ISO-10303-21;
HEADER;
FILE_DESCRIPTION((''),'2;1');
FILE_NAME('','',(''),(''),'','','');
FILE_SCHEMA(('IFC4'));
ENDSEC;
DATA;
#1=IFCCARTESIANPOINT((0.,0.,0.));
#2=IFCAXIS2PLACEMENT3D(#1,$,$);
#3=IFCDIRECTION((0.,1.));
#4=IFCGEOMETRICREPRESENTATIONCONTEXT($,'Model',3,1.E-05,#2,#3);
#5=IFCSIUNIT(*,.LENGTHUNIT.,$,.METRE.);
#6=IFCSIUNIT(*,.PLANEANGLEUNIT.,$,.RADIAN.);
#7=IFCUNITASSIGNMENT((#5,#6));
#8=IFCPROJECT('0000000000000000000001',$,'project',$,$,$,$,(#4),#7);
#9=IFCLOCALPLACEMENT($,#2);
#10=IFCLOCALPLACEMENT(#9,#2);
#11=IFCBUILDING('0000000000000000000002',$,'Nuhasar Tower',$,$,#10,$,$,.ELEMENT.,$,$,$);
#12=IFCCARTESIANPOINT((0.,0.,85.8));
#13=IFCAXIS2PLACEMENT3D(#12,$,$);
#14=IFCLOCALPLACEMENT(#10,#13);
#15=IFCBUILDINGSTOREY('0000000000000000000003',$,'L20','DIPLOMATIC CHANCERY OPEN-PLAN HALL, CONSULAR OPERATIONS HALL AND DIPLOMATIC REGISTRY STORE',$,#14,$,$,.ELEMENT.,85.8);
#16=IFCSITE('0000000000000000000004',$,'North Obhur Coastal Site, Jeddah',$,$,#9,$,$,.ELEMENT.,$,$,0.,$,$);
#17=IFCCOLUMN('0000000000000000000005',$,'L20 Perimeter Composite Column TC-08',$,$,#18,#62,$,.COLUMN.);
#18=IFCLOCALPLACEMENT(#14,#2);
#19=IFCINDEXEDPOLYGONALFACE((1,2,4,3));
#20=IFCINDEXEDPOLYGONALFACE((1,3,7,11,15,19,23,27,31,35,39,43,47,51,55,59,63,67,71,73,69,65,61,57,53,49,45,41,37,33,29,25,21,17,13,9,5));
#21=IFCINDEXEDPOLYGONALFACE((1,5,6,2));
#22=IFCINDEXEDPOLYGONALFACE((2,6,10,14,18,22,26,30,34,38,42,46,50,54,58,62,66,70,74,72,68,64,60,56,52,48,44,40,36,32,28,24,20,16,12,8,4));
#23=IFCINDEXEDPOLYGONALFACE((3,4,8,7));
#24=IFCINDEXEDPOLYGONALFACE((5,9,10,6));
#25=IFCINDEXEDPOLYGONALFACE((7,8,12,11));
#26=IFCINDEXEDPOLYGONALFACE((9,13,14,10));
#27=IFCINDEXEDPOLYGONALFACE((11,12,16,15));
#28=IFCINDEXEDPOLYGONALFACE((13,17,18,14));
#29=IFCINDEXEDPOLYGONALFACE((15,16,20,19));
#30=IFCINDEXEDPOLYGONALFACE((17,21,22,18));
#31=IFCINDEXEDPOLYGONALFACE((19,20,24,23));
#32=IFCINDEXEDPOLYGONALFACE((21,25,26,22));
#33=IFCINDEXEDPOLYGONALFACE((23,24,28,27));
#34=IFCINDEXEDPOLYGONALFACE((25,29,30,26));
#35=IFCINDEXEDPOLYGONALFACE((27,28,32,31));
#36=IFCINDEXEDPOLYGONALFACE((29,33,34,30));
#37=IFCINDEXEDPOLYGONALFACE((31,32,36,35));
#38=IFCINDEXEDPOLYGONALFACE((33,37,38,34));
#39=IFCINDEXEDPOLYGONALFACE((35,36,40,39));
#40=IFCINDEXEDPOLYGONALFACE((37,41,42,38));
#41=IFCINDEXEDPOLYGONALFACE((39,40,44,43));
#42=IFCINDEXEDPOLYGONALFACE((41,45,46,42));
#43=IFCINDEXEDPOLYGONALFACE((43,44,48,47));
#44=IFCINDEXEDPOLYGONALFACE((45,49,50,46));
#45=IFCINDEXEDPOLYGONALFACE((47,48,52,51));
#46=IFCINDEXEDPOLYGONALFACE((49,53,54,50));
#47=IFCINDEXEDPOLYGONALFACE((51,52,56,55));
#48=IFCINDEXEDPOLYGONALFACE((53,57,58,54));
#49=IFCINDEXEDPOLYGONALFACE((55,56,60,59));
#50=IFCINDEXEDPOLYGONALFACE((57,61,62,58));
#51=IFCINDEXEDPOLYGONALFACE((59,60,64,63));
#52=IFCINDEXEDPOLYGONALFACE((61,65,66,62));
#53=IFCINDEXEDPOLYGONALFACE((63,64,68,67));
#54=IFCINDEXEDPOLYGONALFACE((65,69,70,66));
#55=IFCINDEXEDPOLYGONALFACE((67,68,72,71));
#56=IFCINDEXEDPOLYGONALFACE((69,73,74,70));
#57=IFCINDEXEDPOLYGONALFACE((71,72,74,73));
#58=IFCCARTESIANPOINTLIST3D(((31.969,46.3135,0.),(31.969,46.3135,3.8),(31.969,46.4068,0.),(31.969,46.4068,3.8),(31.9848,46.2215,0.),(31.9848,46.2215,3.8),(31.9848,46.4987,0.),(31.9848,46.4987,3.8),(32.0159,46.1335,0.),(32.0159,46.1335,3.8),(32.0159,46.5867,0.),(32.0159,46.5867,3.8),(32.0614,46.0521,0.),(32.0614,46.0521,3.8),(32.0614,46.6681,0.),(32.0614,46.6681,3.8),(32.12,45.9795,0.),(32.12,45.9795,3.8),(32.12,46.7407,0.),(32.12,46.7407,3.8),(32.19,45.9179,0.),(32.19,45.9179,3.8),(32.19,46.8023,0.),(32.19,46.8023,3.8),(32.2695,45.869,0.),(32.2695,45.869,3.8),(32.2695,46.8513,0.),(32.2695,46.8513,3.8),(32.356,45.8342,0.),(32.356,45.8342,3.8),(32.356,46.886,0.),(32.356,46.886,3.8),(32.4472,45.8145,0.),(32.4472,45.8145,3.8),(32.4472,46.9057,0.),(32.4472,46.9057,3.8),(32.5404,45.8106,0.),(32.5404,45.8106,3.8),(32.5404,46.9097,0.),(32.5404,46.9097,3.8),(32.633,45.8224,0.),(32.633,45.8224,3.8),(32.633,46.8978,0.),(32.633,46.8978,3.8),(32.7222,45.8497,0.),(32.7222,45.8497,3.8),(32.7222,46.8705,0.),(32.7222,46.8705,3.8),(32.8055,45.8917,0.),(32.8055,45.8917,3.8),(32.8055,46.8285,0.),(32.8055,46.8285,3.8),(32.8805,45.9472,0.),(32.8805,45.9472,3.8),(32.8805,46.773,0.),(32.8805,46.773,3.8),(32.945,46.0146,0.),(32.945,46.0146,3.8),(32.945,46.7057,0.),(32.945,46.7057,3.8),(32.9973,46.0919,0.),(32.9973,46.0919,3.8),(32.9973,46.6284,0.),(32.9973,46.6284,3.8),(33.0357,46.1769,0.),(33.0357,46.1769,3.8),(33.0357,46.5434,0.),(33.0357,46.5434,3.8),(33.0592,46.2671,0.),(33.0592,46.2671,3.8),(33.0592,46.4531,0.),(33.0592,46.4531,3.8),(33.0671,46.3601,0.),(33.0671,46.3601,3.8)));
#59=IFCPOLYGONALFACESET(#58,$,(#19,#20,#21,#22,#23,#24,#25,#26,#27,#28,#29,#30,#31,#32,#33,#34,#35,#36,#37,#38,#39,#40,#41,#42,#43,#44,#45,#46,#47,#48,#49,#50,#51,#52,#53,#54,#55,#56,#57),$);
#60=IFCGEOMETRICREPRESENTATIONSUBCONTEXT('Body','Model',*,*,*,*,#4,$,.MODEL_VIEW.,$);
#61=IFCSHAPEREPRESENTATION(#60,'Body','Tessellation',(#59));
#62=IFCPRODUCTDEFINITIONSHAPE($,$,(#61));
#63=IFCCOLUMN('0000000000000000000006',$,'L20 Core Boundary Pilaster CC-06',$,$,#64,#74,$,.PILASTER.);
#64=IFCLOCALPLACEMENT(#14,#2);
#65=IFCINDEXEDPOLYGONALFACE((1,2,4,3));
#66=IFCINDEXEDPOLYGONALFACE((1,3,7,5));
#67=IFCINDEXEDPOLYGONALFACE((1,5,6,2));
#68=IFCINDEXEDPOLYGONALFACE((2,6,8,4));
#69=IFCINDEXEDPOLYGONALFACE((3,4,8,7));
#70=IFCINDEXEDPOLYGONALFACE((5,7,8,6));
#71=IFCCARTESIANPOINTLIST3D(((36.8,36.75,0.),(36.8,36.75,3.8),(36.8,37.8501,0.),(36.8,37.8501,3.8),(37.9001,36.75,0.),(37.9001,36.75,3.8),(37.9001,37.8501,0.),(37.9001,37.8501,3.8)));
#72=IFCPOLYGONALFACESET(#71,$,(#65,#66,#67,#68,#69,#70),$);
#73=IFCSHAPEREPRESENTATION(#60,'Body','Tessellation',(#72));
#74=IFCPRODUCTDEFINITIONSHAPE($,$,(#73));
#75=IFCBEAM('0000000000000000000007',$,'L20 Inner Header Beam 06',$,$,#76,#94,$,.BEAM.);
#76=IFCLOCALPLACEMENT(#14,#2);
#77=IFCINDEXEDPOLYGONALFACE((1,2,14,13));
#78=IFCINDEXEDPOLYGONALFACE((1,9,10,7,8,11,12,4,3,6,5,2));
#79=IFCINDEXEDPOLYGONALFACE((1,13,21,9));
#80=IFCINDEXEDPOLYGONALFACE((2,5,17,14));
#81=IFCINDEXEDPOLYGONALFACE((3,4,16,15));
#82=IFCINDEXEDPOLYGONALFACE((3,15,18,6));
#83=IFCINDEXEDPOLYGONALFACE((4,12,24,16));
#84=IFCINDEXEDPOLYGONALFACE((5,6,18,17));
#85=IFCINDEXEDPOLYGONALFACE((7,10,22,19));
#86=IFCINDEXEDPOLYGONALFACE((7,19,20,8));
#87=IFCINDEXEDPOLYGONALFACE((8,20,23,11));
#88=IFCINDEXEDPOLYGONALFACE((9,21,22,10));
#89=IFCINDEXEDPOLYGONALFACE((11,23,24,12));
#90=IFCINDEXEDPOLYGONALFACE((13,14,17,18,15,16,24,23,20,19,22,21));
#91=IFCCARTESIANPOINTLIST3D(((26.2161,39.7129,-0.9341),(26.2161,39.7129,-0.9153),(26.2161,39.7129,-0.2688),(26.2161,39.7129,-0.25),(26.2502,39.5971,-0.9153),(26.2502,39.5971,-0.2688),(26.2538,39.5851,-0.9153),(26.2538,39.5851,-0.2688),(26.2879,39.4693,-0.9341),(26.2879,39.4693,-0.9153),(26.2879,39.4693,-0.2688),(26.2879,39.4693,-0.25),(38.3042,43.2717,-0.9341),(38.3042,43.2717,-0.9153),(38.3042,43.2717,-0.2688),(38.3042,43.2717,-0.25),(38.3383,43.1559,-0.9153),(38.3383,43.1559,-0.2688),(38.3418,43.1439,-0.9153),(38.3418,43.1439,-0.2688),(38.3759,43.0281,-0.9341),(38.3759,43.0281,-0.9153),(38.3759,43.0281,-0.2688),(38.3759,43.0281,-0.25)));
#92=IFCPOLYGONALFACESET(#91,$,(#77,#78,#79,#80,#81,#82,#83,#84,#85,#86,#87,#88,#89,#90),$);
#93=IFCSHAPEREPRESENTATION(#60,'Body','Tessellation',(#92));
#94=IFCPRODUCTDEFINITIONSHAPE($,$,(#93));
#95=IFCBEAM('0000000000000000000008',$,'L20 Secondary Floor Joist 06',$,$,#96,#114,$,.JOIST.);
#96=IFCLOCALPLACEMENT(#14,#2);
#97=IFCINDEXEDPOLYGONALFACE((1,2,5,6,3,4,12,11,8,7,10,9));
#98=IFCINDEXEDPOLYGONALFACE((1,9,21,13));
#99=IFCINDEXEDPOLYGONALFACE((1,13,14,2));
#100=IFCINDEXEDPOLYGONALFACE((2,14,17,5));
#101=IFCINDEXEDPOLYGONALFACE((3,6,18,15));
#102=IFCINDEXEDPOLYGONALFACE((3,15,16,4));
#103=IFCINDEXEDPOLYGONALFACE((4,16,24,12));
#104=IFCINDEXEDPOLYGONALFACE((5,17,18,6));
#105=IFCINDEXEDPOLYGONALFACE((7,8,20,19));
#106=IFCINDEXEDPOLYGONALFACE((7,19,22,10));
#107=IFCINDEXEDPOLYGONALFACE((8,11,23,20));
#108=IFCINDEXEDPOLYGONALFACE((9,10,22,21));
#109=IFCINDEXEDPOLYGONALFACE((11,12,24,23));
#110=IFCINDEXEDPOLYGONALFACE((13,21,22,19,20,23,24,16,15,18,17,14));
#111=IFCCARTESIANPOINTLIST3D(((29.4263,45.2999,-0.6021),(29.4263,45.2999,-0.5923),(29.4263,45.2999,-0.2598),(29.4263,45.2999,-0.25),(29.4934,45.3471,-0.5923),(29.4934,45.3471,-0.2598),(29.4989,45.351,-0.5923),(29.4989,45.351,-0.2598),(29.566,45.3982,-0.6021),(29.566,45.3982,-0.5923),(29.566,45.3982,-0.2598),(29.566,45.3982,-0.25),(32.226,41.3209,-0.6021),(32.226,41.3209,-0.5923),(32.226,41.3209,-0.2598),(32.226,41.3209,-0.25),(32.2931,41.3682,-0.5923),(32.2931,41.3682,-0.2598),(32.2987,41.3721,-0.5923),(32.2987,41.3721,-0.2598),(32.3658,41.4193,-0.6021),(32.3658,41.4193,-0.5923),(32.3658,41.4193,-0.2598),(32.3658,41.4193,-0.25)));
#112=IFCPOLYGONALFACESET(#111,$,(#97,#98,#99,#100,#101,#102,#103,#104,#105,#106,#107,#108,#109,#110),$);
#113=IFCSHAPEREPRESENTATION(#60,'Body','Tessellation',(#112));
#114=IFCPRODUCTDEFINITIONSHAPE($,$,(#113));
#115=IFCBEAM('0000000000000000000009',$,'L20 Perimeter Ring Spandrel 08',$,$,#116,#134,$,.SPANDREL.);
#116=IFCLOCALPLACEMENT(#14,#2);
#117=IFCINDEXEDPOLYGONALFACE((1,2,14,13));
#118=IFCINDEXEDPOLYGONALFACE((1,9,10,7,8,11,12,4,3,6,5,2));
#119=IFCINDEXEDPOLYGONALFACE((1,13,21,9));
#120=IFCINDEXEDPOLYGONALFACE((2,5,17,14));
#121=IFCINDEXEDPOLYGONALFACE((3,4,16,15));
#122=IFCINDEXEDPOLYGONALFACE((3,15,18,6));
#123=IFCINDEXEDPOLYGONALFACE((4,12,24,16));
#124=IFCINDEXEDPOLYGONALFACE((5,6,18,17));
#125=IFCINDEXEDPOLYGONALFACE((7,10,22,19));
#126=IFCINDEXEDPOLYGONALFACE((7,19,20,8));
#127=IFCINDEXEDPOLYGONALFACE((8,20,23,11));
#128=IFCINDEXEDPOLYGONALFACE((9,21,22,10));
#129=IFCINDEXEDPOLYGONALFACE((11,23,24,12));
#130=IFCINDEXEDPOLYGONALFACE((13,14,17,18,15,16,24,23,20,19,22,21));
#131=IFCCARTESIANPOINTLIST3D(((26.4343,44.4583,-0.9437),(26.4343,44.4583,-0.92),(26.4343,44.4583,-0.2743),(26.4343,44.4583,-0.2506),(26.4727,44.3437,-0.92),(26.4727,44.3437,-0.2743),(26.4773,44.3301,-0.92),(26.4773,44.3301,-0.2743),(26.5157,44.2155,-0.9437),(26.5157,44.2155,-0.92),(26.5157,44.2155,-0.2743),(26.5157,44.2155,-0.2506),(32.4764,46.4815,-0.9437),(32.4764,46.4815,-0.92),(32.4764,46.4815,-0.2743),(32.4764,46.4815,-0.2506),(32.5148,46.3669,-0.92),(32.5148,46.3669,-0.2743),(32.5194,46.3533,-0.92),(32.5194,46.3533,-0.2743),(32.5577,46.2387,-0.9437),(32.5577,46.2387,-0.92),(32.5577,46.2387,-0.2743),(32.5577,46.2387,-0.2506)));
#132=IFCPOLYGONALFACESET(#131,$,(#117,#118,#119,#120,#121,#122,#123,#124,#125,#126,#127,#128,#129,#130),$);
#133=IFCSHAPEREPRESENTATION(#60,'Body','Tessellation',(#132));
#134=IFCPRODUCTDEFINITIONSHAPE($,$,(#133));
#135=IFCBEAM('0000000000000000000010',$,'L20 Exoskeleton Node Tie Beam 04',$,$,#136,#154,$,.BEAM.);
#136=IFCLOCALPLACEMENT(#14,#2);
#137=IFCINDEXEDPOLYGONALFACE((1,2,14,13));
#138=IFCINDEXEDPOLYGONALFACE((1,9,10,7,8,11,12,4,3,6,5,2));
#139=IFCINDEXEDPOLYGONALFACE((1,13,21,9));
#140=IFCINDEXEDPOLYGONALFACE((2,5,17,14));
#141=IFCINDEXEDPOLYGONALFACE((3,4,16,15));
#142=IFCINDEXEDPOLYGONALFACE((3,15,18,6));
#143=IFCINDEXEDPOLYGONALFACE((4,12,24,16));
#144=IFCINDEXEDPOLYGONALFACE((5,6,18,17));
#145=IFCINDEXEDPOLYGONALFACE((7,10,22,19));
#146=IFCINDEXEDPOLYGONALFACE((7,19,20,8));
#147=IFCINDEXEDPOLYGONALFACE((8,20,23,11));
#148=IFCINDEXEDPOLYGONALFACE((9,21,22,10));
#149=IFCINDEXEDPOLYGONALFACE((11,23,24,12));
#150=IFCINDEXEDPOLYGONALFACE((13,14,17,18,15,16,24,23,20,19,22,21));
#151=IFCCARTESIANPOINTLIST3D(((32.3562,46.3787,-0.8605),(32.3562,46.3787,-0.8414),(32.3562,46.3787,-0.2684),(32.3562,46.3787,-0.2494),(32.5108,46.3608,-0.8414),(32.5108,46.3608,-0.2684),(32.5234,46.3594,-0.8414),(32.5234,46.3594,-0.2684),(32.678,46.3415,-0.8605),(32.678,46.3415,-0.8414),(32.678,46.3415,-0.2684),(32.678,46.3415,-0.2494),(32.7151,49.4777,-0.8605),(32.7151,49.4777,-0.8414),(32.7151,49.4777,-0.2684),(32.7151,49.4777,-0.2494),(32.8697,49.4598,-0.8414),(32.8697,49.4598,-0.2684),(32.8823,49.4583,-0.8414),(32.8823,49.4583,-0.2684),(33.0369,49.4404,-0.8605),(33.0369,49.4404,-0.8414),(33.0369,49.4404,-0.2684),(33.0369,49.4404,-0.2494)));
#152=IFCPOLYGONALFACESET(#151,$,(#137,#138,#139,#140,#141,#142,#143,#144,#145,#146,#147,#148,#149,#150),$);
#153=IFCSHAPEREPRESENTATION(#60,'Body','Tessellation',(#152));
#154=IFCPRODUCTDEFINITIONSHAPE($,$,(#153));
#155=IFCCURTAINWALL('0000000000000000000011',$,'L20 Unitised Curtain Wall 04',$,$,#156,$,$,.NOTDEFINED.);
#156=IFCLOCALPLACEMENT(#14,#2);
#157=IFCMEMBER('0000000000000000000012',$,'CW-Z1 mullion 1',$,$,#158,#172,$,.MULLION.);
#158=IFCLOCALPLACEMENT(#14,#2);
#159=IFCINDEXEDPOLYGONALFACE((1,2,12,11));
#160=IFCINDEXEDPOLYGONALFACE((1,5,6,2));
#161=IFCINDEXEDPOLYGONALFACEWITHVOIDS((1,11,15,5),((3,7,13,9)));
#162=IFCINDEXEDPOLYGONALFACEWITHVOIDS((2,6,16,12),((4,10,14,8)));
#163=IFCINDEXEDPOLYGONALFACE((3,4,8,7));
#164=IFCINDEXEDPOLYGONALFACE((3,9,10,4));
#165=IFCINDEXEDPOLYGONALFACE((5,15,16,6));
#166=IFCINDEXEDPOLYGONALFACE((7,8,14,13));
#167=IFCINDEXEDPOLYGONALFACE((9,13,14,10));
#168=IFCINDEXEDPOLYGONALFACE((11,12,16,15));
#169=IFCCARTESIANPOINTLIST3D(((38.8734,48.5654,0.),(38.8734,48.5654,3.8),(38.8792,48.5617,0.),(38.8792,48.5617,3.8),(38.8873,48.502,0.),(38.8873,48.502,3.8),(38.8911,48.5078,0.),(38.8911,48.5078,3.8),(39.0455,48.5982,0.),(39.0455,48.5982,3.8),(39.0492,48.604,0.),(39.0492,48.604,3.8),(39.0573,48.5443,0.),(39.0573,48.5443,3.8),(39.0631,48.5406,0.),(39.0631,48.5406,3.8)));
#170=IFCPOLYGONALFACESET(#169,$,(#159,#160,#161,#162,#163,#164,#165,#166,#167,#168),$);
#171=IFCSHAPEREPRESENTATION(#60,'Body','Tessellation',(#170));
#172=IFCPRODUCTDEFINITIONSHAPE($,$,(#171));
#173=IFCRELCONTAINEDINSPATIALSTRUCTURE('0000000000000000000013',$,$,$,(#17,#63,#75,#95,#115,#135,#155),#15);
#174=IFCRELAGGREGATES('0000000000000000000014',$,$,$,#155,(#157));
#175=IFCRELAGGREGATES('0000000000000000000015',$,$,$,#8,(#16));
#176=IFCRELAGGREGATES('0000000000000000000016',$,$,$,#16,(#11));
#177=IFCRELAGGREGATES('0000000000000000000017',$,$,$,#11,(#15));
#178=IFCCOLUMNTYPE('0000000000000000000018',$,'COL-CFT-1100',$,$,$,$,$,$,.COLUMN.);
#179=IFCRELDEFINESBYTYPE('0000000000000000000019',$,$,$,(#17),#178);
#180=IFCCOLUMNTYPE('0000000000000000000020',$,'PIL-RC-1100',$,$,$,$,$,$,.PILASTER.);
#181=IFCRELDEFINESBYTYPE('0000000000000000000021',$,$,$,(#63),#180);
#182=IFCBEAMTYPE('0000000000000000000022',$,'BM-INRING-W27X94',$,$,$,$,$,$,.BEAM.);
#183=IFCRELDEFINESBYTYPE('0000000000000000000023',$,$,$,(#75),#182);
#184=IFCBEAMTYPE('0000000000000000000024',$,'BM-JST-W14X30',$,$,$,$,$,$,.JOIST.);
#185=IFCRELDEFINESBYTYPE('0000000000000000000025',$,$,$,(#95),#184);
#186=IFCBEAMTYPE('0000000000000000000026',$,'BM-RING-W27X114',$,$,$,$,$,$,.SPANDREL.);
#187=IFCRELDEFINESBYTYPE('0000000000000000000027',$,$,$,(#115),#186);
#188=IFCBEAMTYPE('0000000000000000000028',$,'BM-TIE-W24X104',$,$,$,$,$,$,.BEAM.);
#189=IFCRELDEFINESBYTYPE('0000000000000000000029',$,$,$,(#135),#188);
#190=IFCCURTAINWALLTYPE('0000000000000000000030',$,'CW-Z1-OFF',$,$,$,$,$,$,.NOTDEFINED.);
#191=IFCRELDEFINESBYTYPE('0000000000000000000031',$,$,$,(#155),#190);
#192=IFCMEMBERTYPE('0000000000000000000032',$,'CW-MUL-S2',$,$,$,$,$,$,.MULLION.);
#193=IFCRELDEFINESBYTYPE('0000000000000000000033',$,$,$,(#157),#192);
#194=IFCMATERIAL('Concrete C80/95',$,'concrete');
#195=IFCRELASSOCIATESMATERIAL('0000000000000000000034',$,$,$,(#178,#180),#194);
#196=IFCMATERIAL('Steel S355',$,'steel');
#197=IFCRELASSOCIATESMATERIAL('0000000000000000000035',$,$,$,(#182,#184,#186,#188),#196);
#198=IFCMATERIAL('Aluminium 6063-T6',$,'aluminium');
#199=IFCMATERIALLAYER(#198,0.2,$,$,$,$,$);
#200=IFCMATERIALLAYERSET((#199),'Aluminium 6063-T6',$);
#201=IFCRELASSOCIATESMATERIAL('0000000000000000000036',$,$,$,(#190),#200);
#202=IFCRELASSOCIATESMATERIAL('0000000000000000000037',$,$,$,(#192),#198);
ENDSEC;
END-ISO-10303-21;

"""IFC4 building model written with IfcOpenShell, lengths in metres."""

from ifc_helpers import new_model, si_unit, direction, frame, origin, origin_2d, place, context, subcontext, project, spatial, rectangle, hollow_rectangle, circle, i_section, extrude, material, layer, layer_set, material_profile, profile_set, type_object, element, aggregate, save


model = new_model("IFC4")

# Units and contexts
model_context = context("Model", 3, precision=1e-05, world=origin(), true_north=direction((0.0, 1.0)))
body_context = subcontext(model_context, "Body", "Model", "MODEL_VIEW")
ifc_project = project(units=[si_unit("LENGTHUNIT", "METRE"), si_unit("PLANEANGLEUNIT", "RADIAN")], contexts=[model_context])

# Site, building, storey
site_placement = place(None, origin())
site = spatial("IfcSite", under=ifc_project, at=site_placement, Name="North Obhur Coastal Site, Jeddah", CompositionType="ELEMENT", RefElevation=0.0)
building_placement = place(site_placement, origin())
building = spatial("IfcBuilding", under=site, at=building_placement, Name="Nuhasar Tower", CompositionType="ELEMENT")
storey_placement = place(building_placement, frame((0.0, 0.0, 85.8)))
storey = spatial("IfcBuildingStorey", under=building, at=storey_placement, Name="L20", Description="DIPLOMATIC CHANCERY OPEN-PLAN HALL, CONSULAR OPERATIONS HALL AND DIPLOMATIC REGISTRY STORE", CompositionType="ELEMENT", Elevation=85.8)

# Columns
ifc_material_1 = material(Name="Concrete C80/95", Category="concrete")
ifc_material_profile_1 = material_profile(ifc_material_1, circle(Radius=0.55, at=origin_2d()), Name="CFT1100")
ifc_profile_set_1 = profile_set([ifc_material_profile_1], Name="Concrete C80/95")
column_type_1 = type_object("IfcColumnType", Name="COL-CFT-1100", PredefinedType="COLUMN", material=ifc_profile_set_1)
column_1_placement = place(storey_placement, frame((32.5171, 46.3601, 0.0), z_axis=(0.0, 0.0, 1.0), x_axis=(1.0, 0.0, 0.0)))
element("IfcColumn", 1, at=column_1_placement, inside=storey, type_object=column_type_1, Name="L20 Perimeter Composite Column TC-08", PredefinedType="COLUMN", context=body_context, shape_type="SweptSolid", body=[
    extrude(circle(Radius=0.55, at=origin_2d()), origin(), (0.0, 0.0, 1.0), 3.8),
])
ifc_material_profile_2 = material_profile(ifc_material_1, rectangle(XDim=1.1001, YDim=1.1001, at=origin_2d()), Name="RC1100X1100")
ifc_profile_set_2 = profile_set([ifc_material_profile_2], Name="Concrete C80/95")
column_type_2 = type_object("IfcColumnType", Name="PIL-RC-1100", PredefinedType="PILASTER", material=ifc_profile_set_2)
column_2_placement = place(storey_placement, frame((37.3501, 37.3, 0.0), z_axis=(0.0, 0.0, 1.0), x_axis=(1.0, 0.0, 0.0)))
element("IfcColumn", 2, at=column_2_placement, inside=storey, type_object=column_type_2, Name="L20 Core Boundary Pilaster CC-06", PredefinedType="PILASTER", context=body_context, shape_type="SweptSolid", body=[
    extrude(rectangle(XDim=1.1001, YDim=1.1001, at=origin_2d()), origin(), (0.0, 0.0, 1.0), 3.8),
])

# Beams
ifc_material_2 = material(Name="Steel S355", Category="steel")
ifc_material_profile_3 = material_profile(ifc_material_2, i_section(OverallWidth=0.2539, OverallDepth=0.6841, WebThickness=0.0125, FlangeThickness=0.0188, at=origin_2d()), Name="W27X94")
ifc_profile_set_3 = profile_set([ifc_material_profile_3], Name="Steel S355")
beam_type_1 = type_object("IfcBeamType", Name="BM-INRING-W27X94", PredefinedType="BEAM", material=ifc_profile_set_3)
beam_1_placement = place(storey_placement, frame((38.3401, 43.1499, -0.592), z_axis=(-0.95929, -0.282422, 0.0), x_axis=(0.282422, -0.95929, 0.0)))
element("IfcBeam", 3, at=beam_1_placement, inside=storey, type_object=beam_type_1, Name="L20 Inner Header Beam 06", PredefinedType="BEAM", context=body_context, shape_type="SweptSolid", body=[
    extrude(i_section(OverallWidth=0.2539, OverallDepth=0.6841, WebThickness=0.0125, FlangeThickness=0.0188, at=origin_2d()), origin(), (0.0, 0.0, 1.0), 12.6011),
])
ifc_material_profile_4 = material_profile(ifc_material_2, i_section(OverallWidth=0.1709, OverallDepth=0.3521, WebThickness=0.0068, FlangeThickness=0.0098, at=origin_2d()), Name="W14X30")
ifc_profile_set_4 = profile_set([ifc_material_profile_4], Name="Steel S355")
beam_type_2 = type_object("IfcBeamType", Name="BM-JST-W14X30", PredefinedType="JOIST", material=ifc_profile_set_4)
beam_2_placement = place(storey_placement, frame((32.2959, 41.3701, -0.426), z_axis=(-0.575461, 0.817829, 0.0), x_axis=(-0.817829, -0.575461, 0.0)))
element("IfcBeam", 4, at=beam_2_placement, inside=storey, type_object=beam_type_2, Name="L20 Secondary Floor Joist 06", PredefinedType="JOIST", context=body_context, shape_type="SweptSolid", body=[
    extrude(i_section(OverallWidth=0.1709, OverallDepth=0.3521, WebThickness=0.0068, FlangeThickness=0.0098, at=origin_2d()), origin(), (0.0, 0.0, 1.0), 4.8652),
])
ifc_material_profile_5 = material_profile(ifc_material_2, i_section(OverallWidth=0.2561, OverallDepth=0.6931, WebThickness=0.0144, FlangeThickness=0.0237, at=origin_2d()), Name="W27X114")
ifc_profile_set_5 = profile_set([ifc_material_profile_5], Name="Steel S355")
beam_type_3 = type_object("IfcBeamType", Name="BM-RING-W27X114", PredefinedType="SPANDREL", material=ifc_profile_set_5)
beam_3_placement = place(storey_placement, frame((32.5171, 46.3601, -0.5972), z_axis=(-0.948249, -0.317526, 0.0), x_axis=(0.317526, -0.948249, 0.0)))
element("IfcBeam", 5, at=beam_3_placement, inside=storey, type_object=beam_type_3, Name="L20 Perimeter Ring Spandrel 08", PredefinedType="SPANDREL", context=body_context, shape_type="SweptSolid", body=[
    extrude(i_section(OverallWidth=0.2561, OverallDepth=0.6931, WebThickness=0.0144, FlangeThickness=0.0237, at=origin_2d()), origin(), (0.0, 0.0, 1.0), 6.3718),
])
ifc_material_profile_6 = material_profile(ifc_material_2, i_section(OverallWidth=0.324, OverallDepth=0.6111, WebThickness=0.0127, FlangeThickness=0.019, at=origin_2d()), Name="W24X104")
ifc_profile_set_6 = profile_set([ifc_material_profile_6], Name="Steel S355")
beam_type_4 = type_object("IfcBeamType", Name="BM-TIE-W24X104", PredefinedType="BEAM", material=ifc_profile_set_6)
beam_4_placement = place(storey_placement, frame((32.5171, 46.3601, -0.5549), z_axis=(0.115043, 0.993361, 0.0), x_axis=(-0.993361, 0.115043, 0.0)))
element("IfcBeam", 6, at=beam_4_placement, inside=storey, type_object=beam_type_4, Name="L20 Exoskeleton Node Tie Beam 04", PredefinedType="BEAM", context=body_context, shape_type="SweptSolid", body=[
    extrude(i_section(OverallWidth=0.324, OverallDepth=0.6111, WebThickness=0.0127, FlangeThickness=0.019, at=origin_2d()), origin(), (0.0, 0.0, 1.0), 3.1196),
])

# Curtain wall, member
ifc_material_3 = material(Name="Aluminium 6063-T6", Category="aluminium")
ifc_layer_1 = layer(ifc_material_3, 0.2)
ifc_layer_set_1 = layer_set([ifc_layer_1], Name="Aluminium 6063-T6")
curtain_wall_type = type_object("IfcCurtainWallType", Name="CW-Z1-OFF", PredefinedType="NOTDEFINED", material=ifc_layer_set_1)
curtain_wall_placement = place(storey_placement, origin())
curtain_wall = element("IfcCurtainWall", 7, at=curtain_wall_placement, inside=storey, type_object=curtain_wall_type, Name="L20 Unitised Curtain Wall 04", PredefinedType="NOTDEFINED")
ifc_material_profile_7 = material_profile(ifc_material_3, hollow_rectangle(XDim=0.0649, YDim=0.1799, WallThickness=0.0049, at=origin_2d()), Name="CWM-2")
ifc_profile_set_7 = profile_set([ifc_material_profile_7], Name="Aluminium 6063-T6")
member_type_1 = type_object("IfcMemberType", Name="CW-MUL-S2", PredefinedType="MULLION", material=ifc_profile_set_7)
member_1_placement = place(storey_placement, frame((38.9683, 48.553, 0.0), z_axis=(0.0, 0.0, 1.0), x_axis=(0.214399, -0.976746, 0.0)))
member_1 = element("IfcMember", 8, at=member_1_placement, type_object=member_type_1, Name="CW-Z1 mullion 1", PredefinedType="MULLION", context=body_context, shape_type="SweptSolid", body=[
    extrude(hollow_rectangle(XDim=0.0649, YDim=0.1799, WallThickness=0.0049, at=origin_2d()), origin(), (0.0, 0.0, 1.0), 3.8),
])

aggregate(curtain_wall, [member_1])

save(model, "model.ifc")
